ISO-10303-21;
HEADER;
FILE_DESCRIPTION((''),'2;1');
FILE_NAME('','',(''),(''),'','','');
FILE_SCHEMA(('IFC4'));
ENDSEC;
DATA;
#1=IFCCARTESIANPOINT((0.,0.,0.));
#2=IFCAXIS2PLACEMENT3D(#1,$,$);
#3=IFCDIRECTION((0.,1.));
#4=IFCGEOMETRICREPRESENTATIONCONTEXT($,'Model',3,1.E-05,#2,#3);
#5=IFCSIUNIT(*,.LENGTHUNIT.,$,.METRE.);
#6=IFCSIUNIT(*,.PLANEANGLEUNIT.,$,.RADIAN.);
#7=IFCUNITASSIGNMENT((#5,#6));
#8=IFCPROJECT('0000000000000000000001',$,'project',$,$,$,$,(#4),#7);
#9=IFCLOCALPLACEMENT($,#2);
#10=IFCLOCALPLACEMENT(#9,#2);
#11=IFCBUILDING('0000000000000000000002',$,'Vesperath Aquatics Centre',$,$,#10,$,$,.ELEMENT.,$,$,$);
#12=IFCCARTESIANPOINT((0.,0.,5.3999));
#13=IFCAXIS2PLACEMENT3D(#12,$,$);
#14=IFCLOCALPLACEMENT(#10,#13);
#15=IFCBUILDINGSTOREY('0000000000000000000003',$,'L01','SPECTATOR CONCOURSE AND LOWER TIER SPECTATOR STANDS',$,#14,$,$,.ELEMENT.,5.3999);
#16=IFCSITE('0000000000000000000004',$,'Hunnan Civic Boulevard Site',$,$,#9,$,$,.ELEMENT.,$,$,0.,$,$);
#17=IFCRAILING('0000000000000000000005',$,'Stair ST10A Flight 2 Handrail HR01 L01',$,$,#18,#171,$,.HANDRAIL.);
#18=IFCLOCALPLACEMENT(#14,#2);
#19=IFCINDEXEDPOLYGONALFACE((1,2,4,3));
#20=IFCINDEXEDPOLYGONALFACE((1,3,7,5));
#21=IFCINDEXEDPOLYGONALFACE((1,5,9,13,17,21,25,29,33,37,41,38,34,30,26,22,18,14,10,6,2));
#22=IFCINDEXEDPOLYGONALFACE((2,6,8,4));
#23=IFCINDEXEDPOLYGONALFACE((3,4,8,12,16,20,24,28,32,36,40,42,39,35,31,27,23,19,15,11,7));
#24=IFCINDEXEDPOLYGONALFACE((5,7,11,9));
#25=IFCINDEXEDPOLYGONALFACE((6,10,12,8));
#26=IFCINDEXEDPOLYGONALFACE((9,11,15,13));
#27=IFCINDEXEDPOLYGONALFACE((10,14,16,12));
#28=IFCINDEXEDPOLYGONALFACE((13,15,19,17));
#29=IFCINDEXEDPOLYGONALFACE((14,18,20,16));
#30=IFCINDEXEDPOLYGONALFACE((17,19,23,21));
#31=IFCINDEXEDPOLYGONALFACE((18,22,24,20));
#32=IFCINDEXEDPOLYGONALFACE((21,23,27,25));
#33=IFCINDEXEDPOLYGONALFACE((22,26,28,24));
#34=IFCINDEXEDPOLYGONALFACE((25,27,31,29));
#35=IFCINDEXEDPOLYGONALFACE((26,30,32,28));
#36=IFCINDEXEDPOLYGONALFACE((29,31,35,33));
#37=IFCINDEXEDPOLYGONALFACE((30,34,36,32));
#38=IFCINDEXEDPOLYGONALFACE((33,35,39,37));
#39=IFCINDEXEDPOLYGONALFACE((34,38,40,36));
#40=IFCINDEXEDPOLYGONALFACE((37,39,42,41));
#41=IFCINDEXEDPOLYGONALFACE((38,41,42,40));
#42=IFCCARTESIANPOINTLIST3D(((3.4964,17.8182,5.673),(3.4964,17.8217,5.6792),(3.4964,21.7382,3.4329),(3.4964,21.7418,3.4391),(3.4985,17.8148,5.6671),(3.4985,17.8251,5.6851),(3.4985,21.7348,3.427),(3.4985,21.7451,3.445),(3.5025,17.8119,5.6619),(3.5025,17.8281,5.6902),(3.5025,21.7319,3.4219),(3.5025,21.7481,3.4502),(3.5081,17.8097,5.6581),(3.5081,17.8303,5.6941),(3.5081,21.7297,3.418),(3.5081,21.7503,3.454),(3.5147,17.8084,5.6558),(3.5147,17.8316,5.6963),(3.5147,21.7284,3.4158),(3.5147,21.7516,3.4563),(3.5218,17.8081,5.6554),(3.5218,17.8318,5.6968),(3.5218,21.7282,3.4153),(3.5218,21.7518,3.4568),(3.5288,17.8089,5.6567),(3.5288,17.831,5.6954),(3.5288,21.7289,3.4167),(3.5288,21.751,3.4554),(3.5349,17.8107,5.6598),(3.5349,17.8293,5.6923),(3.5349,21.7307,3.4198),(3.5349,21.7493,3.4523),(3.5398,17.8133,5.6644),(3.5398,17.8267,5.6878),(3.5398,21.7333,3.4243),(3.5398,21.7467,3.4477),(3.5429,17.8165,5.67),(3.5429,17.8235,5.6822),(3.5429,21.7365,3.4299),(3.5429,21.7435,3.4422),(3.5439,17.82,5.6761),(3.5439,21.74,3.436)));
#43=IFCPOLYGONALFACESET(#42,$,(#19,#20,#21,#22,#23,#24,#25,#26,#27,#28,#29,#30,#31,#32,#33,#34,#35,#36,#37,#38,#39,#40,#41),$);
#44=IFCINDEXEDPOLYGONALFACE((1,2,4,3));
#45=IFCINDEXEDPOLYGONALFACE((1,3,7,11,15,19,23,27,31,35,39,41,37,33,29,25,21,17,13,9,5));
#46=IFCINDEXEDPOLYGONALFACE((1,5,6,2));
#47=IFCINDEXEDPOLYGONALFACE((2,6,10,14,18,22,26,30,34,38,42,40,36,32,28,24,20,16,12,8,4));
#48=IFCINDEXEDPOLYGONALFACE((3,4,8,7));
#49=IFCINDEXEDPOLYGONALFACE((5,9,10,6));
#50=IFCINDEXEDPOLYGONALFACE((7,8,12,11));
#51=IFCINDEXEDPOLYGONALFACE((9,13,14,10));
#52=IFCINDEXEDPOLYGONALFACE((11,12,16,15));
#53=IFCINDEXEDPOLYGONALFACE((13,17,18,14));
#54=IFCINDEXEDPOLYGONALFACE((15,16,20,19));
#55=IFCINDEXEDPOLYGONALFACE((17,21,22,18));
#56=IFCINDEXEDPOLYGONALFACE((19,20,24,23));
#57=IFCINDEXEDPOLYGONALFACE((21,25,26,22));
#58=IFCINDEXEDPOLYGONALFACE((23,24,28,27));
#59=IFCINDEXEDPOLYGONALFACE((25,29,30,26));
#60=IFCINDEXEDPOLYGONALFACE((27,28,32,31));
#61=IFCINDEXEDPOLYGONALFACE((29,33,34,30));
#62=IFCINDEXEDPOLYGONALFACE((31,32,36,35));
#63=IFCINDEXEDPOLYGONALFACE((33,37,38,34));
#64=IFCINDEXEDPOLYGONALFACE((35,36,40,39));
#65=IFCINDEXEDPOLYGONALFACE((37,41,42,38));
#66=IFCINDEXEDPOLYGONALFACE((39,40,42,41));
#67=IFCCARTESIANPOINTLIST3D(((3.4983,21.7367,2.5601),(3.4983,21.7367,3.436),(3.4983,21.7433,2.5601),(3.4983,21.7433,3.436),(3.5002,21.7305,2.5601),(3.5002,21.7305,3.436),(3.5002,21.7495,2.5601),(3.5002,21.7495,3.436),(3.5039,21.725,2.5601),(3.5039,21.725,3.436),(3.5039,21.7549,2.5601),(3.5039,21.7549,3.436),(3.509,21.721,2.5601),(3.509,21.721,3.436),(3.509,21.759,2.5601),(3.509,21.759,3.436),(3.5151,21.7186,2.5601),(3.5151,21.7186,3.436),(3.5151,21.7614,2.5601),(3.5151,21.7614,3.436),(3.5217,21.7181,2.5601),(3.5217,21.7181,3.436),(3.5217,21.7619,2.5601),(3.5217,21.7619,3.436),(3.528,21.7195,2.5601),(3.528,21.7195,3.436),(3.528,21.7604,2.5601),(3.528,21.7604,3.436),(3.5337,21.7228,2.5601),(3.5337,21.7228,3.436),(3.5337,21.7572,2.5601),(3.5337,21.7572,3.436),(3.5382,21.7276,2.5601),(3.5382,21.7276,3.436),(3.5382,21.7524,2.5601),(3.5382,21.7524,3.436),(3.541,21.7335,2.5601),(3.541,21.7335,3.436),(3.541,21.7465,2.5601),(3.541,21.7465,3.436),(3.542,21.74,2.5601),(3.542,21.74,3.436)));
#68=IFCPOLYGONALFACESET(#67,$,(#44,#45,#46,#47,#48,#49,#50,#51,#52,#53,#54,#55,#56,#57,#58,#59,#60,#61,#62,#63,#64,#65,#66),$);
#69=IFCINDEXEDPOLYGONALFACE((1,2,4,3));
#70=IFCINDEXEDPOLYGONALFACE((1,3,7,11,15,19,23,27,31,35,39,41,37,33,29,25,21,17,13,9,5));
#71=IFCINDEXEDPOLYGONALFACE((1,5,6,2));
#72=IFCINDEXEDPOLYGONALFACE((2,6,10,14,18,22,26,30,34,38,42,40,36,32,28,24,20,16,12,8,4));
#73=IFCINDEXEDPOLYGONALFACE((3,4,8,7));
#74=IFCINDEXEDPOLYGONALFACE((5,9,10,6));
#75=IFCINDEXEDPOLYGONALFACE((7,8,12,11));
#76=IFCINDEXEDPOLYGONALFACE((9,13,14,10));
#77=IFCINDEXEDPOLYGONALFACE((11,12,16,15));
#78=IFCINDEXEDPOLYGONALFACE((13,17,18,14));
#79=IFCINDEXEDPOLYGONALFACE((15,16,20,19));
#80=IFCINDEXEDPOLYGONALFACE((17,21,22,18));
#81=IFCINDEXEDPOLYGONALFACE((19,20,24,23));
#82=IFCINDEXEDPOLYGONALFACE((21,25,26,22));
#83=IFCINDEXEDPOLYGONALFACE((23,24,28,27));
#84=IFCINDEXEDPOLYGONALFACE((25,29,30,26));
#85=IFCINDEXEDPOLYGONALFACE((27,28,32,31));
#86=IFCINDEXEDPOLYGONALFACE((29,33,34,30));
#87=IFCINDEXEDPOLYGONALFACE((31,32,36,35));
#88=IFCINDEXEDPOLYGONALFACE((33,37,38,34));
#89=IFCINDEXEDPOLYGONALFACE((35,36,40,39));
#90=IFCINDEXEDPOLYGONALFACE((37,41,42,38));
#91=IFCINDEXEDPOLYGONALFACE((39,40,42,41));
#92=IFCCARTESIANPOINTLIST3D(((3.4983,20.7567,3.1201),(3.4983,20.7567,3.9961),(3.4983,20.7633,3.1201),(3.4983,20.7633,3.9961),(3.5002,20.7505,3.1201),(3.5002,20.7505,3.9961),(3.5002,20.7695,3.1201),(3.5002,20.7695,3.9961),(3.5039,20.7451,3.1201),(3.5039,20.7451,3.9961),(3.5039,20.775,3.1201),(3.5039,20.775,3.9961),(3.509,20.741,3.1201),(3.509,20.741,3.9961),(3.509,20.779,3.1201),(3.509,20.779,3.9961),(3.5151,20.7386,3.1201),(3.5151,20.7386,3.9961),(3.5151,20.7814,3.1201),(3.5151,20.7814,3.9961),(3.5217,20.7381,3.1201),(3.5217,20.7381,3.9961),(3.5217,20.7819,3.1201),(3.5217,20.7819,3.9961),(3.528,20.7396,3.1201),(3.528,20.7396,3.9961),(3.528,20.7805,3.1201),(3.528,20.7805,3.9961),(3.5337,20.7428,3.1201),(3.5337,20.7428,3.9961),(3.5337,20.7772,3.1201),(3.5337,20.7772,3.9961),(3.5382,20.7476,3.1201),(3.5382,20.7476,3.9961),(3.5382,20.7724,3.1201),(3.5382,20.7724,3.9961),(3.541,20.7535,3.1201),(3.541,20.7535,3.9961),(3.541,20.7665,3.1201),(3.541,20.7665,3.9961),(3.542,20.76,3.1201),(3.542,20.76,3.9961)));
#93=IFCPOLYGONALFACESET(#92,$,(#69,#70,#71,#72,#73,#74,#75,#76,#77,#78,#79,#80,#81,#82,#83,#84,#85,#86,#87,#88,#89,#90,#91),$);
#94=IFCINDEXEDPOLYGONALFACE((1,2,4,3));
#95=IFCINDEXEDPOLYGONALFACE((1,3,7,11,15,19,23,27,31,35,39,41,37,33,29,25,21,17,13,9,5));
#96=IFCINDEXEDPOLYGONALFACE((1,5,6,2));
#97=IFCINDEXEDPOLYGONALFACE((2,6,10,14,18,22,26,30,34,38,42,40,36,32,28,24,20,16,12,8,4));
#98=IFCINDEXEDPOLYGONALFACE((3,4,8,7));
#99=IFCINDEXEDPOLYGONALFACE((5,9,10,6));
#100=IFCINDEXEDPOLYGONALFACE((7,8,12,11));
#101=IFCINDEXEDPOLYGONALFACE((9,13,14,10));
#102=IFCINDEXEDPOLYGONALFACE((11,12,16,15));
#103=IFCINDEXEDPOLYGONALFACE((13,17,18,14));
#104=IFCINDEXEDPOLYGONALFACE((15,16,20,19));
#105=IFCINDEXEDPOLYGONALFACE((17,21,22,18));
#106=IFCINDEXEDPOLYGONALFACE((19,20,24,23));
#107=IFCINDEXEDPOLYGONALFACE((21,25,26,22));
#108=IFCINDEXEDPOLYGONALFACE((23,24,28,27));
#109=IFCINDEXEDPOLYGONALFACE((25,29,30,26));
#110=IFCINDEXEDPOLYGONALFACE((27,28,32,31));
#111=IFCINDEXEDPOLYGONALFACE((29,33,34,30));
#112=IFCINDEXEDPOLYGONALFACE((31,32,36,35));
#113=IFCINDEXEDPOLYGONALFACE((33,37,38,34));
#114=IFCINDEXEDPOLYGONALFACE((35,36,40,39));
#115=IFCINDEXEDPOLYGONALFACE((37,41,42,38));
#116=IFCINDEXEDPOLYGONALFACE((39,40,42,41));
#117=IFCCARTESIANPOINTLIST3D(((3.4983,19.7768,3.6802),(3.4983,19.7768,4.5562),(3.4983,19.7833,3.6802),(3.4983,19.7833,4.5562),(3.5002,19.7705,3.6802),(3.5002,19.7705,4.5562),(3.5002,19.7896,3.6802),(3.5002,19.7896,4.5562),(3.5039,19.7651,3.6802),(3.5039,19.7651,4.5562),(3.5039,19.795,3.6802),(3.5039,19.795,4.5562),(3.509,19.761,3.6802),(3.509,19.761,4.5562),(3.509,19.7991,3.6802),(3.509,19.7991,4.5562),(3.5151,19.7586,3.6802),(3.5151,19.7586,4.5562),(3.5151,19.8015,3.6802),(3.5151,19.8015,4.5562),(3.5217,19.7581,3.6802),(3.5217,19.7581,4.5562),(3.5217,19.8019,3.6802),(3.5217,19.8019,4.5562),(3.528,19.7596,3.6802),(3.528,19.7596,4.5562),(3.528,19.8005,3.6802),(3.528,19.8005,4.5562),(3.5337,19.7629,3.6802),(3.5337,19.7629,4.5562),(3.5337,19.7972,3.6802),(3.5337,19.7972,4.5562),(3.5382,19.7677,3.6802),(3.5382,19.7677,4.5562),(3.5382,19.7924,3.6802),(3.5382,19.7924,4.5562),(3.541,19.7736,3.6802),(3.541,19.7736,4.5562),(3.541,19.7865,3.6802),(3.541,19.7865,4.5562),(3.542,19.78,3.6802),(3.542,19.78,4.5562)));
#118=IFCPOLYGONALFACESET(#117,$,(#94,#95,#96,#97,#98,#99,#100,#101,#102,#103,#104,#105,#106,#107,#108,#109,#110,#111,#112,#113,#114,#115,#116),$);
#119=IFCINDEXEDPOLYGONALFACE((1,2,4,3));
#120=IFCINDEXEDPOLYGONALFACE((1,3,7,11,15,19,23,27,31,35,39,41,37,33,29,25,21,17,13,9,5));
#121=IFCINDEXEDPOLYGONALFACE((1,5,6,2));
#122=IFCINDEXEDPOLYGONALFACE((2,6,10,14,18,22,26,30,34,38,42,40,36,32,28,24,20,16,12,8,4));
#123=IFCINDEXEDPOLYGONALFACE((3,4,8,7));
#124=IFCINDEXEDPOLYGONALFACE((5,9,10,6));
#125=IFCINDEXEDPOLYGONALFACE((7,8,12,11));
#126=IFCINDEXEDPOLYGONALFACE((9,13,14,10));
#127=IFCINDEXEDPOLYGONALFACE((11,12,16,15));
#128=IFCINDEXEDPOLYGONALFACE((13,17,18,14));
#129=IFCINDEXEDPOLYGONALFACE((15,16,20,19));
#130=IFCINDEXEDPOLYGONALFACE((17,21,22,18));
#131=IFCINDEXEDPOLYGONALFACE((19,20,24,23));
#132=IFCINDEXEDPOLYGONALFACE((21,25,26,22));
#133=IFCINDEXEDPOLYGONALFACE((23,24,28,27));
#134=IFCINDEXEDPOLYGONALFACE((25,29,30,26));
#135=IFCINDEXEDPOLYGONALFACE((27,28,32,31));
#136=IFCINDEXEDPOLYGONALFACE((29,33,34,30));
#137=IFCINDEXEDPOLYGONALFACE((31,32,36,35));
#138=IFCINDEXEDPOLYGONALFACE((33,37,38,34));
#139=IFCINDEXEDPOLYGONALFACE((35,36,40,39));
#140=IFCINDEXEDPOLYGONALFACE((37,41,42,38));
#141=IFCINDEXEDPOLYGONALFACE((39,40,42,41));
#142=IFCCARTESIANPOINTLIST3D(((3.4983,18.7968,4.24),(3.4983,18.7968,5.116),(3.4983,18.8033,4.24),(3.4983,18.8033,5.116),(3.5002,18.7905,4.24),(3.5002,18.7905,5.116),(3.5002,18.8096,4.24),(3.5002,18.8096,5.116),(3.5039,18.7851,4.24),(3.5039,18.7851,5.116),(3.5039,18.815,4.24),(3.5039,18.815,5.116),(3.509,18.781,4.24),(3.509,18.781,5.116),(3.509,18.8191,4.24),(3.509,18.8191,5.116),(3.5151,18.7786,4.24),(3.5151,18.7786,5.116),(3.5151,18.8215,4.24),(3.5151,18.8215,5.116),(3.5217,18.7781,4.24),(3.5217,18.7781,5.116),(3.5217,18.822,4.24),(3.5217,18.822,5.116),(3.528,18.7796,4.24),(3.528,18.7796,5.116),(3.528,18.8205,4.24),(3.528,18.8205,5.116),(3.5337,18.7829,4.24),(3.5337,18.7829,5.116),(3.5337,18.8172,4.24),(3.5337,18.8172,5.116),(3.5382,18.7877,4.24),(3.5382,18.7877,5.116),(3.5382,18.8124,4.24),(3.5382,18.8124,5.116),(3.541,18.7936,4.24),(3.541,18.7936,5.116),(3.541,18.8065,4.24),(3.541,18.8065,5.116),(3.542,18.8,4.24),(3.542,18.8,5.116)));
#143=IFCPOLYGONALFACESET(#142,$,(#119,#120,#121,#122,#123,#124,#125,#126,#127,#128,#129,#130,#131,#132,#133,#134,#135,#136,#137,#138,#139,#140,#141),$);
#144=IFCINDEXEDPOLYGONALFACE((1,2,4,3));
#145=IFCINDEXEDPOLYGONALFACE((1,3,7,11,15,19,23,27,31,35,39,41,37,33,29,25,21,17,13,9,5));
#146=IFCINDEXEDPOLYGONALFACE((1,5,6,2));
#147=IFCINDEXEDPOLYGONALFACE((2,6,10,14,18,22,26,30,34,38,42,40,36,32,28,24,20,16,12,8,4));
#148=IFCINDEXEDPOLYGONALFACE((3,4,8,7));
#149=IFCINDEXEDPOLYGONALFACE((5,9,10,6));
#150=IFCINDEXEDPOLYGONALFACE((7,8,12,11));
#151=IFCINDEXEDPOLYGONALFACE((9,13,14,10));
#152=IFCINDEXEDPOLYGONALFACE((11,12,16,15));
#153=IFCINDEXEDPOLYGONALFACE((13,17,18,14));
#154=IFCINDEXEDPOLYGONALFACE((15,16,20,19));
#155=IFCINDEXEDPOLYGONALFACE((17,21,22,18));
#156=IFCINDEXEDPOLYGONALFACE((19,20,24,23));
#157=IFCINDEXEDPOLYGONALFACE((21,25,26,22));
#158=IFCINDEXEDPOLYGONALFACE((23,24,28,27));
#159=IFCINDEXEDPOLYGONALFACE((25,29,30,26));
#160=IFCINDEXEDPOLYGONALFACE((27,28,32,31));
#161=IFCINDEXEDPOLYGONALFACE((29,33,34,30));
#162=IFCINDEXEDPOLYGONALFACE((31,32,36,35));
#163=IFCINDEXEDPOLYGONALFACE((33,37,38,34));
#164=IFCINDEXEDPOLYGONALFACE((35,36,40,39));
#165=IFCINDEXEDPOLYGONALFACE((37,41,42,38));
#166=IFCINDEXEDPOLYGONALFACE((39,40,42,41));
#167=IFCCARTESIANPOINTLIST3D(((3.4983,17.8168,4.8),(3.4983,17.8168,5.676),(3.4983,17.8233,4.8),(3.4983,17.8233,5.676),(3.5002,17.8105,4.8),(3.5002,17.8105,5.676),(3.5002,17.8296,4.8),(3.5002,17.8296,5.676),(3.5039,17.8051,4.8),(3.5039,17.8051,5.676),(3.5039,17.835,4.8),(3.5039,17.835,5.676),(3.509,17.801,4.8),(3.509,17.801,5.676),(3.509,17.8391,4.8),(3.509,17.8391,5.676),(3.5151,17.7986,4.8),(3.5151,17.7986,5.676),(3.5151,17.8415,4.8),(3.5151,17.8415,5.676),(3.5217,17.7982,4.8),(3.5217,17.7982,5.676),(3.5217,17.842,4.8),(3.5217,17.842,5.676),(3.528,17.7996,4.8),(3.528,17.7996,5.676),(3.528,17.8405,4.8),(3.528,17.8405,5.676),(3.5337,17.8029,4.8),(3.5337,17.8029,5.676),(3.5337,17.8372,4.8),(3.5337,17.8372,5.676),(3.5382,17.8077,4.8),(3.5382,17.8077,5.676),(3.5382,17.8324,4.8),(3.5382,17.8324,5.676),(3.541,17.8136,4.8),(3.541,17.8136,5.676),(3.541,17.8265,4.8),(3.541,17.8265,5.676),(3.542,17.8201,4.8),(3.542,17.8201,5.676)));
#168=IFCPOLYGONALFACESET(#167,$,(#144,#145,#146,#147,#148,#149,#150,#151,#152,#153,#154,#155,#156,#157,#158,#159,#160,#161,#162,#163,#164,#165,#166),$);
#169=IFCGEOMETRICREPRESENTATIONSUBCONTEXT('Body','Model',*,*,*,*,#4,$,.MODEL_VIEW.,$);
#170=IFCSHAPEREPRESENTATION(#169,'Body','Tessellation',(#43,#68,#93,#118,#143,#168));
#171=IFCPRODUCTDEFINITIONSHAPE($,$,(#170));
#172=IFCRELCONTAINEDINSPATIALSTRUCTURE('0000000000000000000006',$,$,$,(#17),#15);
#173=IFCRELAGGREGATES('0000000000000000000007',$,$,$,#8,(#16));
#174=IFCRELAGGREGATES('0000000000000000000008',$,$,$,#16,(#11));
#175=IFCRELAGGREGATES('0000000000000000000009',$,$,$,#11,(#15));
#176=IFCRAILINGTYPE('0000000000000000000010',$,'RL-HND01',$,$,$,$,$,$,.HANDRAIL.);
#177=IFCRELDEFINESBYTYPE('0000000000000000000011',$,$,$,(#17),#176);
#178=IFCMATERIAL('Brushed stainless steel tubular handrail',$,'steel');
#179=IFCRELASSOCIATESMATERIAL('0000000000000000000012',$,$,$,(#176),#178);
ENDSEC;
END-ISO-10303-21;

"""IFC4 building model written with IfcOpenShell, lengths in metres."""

from ifc_helpers import new_model, si_unit, direction, frame, origin, origin_2d, place, context, subcontext, project, spatial, circle, extrude, material, type_object, element, save


model = new_model("IFC4")

# Units and contexts
model_context = context("Model", 3, precision=1e-05, world=origin(), true_north=direction((0.0, 1.0)))
body_context = subcontext(model_context, "Body", "Model", "MODEL_VIEW")
ifc_project = project(units=[si_unit("LENGTHUNIT", "METRE"), si_unit("PLANEANGLEUNIT", "RADIAN")], contexts=[model_context])

# Site, building, storey
site_placement = place(None, origin())
site = spatial("IfcSite", under=ifc_project, at=site_placement, Name="Hunnan Civic Boulevard Site", CompositionType="ELEMENT", RefElevation=0.0)
building_placement = place(site_placement, origin())
building = spatial("IfcBuilding", under=site, at=building_placement, Name="Vesperath Aquatics Centre", CompositionType="ELEMENT")
storey_placement = place(building_placement, frame((0.0, 0.0, 5.3999)))
storey = spatial("IfcBuildingStorey", under=building, at=storey_placement, Name="L01", Description="SPECTATOR CONCOURSE AND LOWER TIER SPECTATOR STANDS", CompositionType="ELEMENT", Elevation=5.3999)

# Railing
ifc_material_1 = material(Name="Brushed stainless steel tubular handrail", Category="steel")
railing_type_1 = type_object("IfcRailingType", Name="RL-HND01", PredefinedType="HANDRAIL", material=ifc_material_1)
railing_1_placement = place(storey_placement, frame((3.52, 21.74, 2.5601)))
element("IfcRailing", 1, at=railing_1_placement, inside=storey, type_object=railing_type_1, Name="Stair ST10A Flight 2 Handrail HR01 L01", PredefinedType="HANDRAIL", context=body_context, shape_type="SweptSolid", body=[
    extrude(circle(Radius=0.0239, at=origin_2d()), frame((0.0, 0.0, 0.876), z_axis=(0.0, -0.86824, 0.496145), x_axis=(1.0, 0.0, 0.0)), (0.0, 0.0, 1.0), 4.5149),
    extrude(circle(Radius=0.022, at=origin_2d()), origin(), (0.0, 0.0, 1.0), 0.876),
    extrude(circle(Radius=0.022, at=origin_2d()), frame((0.0, -0.98, 0.5601)), (0.0, 0.0, 1.0), 0.876),
    extrude(circle(Radius=0.022, at=origin_2d()), frame((0.0, -1.96, 1.1201)), (0.0, 0.0, 1.0), 0.876),
    extrude(circle(Radius=0.022, at=origin_2d()), frame((0.0, -2.9399, 1.6799)), (0.0, 0.0, 1.0), 0.876),
    extrude(circle(Radius=0.022, at=origin_2d()), frame((0.0, -3.9199, 2.24)), (0.0, 0.0, 1.0), 0.876),
])

save(model, "model.ifc")
